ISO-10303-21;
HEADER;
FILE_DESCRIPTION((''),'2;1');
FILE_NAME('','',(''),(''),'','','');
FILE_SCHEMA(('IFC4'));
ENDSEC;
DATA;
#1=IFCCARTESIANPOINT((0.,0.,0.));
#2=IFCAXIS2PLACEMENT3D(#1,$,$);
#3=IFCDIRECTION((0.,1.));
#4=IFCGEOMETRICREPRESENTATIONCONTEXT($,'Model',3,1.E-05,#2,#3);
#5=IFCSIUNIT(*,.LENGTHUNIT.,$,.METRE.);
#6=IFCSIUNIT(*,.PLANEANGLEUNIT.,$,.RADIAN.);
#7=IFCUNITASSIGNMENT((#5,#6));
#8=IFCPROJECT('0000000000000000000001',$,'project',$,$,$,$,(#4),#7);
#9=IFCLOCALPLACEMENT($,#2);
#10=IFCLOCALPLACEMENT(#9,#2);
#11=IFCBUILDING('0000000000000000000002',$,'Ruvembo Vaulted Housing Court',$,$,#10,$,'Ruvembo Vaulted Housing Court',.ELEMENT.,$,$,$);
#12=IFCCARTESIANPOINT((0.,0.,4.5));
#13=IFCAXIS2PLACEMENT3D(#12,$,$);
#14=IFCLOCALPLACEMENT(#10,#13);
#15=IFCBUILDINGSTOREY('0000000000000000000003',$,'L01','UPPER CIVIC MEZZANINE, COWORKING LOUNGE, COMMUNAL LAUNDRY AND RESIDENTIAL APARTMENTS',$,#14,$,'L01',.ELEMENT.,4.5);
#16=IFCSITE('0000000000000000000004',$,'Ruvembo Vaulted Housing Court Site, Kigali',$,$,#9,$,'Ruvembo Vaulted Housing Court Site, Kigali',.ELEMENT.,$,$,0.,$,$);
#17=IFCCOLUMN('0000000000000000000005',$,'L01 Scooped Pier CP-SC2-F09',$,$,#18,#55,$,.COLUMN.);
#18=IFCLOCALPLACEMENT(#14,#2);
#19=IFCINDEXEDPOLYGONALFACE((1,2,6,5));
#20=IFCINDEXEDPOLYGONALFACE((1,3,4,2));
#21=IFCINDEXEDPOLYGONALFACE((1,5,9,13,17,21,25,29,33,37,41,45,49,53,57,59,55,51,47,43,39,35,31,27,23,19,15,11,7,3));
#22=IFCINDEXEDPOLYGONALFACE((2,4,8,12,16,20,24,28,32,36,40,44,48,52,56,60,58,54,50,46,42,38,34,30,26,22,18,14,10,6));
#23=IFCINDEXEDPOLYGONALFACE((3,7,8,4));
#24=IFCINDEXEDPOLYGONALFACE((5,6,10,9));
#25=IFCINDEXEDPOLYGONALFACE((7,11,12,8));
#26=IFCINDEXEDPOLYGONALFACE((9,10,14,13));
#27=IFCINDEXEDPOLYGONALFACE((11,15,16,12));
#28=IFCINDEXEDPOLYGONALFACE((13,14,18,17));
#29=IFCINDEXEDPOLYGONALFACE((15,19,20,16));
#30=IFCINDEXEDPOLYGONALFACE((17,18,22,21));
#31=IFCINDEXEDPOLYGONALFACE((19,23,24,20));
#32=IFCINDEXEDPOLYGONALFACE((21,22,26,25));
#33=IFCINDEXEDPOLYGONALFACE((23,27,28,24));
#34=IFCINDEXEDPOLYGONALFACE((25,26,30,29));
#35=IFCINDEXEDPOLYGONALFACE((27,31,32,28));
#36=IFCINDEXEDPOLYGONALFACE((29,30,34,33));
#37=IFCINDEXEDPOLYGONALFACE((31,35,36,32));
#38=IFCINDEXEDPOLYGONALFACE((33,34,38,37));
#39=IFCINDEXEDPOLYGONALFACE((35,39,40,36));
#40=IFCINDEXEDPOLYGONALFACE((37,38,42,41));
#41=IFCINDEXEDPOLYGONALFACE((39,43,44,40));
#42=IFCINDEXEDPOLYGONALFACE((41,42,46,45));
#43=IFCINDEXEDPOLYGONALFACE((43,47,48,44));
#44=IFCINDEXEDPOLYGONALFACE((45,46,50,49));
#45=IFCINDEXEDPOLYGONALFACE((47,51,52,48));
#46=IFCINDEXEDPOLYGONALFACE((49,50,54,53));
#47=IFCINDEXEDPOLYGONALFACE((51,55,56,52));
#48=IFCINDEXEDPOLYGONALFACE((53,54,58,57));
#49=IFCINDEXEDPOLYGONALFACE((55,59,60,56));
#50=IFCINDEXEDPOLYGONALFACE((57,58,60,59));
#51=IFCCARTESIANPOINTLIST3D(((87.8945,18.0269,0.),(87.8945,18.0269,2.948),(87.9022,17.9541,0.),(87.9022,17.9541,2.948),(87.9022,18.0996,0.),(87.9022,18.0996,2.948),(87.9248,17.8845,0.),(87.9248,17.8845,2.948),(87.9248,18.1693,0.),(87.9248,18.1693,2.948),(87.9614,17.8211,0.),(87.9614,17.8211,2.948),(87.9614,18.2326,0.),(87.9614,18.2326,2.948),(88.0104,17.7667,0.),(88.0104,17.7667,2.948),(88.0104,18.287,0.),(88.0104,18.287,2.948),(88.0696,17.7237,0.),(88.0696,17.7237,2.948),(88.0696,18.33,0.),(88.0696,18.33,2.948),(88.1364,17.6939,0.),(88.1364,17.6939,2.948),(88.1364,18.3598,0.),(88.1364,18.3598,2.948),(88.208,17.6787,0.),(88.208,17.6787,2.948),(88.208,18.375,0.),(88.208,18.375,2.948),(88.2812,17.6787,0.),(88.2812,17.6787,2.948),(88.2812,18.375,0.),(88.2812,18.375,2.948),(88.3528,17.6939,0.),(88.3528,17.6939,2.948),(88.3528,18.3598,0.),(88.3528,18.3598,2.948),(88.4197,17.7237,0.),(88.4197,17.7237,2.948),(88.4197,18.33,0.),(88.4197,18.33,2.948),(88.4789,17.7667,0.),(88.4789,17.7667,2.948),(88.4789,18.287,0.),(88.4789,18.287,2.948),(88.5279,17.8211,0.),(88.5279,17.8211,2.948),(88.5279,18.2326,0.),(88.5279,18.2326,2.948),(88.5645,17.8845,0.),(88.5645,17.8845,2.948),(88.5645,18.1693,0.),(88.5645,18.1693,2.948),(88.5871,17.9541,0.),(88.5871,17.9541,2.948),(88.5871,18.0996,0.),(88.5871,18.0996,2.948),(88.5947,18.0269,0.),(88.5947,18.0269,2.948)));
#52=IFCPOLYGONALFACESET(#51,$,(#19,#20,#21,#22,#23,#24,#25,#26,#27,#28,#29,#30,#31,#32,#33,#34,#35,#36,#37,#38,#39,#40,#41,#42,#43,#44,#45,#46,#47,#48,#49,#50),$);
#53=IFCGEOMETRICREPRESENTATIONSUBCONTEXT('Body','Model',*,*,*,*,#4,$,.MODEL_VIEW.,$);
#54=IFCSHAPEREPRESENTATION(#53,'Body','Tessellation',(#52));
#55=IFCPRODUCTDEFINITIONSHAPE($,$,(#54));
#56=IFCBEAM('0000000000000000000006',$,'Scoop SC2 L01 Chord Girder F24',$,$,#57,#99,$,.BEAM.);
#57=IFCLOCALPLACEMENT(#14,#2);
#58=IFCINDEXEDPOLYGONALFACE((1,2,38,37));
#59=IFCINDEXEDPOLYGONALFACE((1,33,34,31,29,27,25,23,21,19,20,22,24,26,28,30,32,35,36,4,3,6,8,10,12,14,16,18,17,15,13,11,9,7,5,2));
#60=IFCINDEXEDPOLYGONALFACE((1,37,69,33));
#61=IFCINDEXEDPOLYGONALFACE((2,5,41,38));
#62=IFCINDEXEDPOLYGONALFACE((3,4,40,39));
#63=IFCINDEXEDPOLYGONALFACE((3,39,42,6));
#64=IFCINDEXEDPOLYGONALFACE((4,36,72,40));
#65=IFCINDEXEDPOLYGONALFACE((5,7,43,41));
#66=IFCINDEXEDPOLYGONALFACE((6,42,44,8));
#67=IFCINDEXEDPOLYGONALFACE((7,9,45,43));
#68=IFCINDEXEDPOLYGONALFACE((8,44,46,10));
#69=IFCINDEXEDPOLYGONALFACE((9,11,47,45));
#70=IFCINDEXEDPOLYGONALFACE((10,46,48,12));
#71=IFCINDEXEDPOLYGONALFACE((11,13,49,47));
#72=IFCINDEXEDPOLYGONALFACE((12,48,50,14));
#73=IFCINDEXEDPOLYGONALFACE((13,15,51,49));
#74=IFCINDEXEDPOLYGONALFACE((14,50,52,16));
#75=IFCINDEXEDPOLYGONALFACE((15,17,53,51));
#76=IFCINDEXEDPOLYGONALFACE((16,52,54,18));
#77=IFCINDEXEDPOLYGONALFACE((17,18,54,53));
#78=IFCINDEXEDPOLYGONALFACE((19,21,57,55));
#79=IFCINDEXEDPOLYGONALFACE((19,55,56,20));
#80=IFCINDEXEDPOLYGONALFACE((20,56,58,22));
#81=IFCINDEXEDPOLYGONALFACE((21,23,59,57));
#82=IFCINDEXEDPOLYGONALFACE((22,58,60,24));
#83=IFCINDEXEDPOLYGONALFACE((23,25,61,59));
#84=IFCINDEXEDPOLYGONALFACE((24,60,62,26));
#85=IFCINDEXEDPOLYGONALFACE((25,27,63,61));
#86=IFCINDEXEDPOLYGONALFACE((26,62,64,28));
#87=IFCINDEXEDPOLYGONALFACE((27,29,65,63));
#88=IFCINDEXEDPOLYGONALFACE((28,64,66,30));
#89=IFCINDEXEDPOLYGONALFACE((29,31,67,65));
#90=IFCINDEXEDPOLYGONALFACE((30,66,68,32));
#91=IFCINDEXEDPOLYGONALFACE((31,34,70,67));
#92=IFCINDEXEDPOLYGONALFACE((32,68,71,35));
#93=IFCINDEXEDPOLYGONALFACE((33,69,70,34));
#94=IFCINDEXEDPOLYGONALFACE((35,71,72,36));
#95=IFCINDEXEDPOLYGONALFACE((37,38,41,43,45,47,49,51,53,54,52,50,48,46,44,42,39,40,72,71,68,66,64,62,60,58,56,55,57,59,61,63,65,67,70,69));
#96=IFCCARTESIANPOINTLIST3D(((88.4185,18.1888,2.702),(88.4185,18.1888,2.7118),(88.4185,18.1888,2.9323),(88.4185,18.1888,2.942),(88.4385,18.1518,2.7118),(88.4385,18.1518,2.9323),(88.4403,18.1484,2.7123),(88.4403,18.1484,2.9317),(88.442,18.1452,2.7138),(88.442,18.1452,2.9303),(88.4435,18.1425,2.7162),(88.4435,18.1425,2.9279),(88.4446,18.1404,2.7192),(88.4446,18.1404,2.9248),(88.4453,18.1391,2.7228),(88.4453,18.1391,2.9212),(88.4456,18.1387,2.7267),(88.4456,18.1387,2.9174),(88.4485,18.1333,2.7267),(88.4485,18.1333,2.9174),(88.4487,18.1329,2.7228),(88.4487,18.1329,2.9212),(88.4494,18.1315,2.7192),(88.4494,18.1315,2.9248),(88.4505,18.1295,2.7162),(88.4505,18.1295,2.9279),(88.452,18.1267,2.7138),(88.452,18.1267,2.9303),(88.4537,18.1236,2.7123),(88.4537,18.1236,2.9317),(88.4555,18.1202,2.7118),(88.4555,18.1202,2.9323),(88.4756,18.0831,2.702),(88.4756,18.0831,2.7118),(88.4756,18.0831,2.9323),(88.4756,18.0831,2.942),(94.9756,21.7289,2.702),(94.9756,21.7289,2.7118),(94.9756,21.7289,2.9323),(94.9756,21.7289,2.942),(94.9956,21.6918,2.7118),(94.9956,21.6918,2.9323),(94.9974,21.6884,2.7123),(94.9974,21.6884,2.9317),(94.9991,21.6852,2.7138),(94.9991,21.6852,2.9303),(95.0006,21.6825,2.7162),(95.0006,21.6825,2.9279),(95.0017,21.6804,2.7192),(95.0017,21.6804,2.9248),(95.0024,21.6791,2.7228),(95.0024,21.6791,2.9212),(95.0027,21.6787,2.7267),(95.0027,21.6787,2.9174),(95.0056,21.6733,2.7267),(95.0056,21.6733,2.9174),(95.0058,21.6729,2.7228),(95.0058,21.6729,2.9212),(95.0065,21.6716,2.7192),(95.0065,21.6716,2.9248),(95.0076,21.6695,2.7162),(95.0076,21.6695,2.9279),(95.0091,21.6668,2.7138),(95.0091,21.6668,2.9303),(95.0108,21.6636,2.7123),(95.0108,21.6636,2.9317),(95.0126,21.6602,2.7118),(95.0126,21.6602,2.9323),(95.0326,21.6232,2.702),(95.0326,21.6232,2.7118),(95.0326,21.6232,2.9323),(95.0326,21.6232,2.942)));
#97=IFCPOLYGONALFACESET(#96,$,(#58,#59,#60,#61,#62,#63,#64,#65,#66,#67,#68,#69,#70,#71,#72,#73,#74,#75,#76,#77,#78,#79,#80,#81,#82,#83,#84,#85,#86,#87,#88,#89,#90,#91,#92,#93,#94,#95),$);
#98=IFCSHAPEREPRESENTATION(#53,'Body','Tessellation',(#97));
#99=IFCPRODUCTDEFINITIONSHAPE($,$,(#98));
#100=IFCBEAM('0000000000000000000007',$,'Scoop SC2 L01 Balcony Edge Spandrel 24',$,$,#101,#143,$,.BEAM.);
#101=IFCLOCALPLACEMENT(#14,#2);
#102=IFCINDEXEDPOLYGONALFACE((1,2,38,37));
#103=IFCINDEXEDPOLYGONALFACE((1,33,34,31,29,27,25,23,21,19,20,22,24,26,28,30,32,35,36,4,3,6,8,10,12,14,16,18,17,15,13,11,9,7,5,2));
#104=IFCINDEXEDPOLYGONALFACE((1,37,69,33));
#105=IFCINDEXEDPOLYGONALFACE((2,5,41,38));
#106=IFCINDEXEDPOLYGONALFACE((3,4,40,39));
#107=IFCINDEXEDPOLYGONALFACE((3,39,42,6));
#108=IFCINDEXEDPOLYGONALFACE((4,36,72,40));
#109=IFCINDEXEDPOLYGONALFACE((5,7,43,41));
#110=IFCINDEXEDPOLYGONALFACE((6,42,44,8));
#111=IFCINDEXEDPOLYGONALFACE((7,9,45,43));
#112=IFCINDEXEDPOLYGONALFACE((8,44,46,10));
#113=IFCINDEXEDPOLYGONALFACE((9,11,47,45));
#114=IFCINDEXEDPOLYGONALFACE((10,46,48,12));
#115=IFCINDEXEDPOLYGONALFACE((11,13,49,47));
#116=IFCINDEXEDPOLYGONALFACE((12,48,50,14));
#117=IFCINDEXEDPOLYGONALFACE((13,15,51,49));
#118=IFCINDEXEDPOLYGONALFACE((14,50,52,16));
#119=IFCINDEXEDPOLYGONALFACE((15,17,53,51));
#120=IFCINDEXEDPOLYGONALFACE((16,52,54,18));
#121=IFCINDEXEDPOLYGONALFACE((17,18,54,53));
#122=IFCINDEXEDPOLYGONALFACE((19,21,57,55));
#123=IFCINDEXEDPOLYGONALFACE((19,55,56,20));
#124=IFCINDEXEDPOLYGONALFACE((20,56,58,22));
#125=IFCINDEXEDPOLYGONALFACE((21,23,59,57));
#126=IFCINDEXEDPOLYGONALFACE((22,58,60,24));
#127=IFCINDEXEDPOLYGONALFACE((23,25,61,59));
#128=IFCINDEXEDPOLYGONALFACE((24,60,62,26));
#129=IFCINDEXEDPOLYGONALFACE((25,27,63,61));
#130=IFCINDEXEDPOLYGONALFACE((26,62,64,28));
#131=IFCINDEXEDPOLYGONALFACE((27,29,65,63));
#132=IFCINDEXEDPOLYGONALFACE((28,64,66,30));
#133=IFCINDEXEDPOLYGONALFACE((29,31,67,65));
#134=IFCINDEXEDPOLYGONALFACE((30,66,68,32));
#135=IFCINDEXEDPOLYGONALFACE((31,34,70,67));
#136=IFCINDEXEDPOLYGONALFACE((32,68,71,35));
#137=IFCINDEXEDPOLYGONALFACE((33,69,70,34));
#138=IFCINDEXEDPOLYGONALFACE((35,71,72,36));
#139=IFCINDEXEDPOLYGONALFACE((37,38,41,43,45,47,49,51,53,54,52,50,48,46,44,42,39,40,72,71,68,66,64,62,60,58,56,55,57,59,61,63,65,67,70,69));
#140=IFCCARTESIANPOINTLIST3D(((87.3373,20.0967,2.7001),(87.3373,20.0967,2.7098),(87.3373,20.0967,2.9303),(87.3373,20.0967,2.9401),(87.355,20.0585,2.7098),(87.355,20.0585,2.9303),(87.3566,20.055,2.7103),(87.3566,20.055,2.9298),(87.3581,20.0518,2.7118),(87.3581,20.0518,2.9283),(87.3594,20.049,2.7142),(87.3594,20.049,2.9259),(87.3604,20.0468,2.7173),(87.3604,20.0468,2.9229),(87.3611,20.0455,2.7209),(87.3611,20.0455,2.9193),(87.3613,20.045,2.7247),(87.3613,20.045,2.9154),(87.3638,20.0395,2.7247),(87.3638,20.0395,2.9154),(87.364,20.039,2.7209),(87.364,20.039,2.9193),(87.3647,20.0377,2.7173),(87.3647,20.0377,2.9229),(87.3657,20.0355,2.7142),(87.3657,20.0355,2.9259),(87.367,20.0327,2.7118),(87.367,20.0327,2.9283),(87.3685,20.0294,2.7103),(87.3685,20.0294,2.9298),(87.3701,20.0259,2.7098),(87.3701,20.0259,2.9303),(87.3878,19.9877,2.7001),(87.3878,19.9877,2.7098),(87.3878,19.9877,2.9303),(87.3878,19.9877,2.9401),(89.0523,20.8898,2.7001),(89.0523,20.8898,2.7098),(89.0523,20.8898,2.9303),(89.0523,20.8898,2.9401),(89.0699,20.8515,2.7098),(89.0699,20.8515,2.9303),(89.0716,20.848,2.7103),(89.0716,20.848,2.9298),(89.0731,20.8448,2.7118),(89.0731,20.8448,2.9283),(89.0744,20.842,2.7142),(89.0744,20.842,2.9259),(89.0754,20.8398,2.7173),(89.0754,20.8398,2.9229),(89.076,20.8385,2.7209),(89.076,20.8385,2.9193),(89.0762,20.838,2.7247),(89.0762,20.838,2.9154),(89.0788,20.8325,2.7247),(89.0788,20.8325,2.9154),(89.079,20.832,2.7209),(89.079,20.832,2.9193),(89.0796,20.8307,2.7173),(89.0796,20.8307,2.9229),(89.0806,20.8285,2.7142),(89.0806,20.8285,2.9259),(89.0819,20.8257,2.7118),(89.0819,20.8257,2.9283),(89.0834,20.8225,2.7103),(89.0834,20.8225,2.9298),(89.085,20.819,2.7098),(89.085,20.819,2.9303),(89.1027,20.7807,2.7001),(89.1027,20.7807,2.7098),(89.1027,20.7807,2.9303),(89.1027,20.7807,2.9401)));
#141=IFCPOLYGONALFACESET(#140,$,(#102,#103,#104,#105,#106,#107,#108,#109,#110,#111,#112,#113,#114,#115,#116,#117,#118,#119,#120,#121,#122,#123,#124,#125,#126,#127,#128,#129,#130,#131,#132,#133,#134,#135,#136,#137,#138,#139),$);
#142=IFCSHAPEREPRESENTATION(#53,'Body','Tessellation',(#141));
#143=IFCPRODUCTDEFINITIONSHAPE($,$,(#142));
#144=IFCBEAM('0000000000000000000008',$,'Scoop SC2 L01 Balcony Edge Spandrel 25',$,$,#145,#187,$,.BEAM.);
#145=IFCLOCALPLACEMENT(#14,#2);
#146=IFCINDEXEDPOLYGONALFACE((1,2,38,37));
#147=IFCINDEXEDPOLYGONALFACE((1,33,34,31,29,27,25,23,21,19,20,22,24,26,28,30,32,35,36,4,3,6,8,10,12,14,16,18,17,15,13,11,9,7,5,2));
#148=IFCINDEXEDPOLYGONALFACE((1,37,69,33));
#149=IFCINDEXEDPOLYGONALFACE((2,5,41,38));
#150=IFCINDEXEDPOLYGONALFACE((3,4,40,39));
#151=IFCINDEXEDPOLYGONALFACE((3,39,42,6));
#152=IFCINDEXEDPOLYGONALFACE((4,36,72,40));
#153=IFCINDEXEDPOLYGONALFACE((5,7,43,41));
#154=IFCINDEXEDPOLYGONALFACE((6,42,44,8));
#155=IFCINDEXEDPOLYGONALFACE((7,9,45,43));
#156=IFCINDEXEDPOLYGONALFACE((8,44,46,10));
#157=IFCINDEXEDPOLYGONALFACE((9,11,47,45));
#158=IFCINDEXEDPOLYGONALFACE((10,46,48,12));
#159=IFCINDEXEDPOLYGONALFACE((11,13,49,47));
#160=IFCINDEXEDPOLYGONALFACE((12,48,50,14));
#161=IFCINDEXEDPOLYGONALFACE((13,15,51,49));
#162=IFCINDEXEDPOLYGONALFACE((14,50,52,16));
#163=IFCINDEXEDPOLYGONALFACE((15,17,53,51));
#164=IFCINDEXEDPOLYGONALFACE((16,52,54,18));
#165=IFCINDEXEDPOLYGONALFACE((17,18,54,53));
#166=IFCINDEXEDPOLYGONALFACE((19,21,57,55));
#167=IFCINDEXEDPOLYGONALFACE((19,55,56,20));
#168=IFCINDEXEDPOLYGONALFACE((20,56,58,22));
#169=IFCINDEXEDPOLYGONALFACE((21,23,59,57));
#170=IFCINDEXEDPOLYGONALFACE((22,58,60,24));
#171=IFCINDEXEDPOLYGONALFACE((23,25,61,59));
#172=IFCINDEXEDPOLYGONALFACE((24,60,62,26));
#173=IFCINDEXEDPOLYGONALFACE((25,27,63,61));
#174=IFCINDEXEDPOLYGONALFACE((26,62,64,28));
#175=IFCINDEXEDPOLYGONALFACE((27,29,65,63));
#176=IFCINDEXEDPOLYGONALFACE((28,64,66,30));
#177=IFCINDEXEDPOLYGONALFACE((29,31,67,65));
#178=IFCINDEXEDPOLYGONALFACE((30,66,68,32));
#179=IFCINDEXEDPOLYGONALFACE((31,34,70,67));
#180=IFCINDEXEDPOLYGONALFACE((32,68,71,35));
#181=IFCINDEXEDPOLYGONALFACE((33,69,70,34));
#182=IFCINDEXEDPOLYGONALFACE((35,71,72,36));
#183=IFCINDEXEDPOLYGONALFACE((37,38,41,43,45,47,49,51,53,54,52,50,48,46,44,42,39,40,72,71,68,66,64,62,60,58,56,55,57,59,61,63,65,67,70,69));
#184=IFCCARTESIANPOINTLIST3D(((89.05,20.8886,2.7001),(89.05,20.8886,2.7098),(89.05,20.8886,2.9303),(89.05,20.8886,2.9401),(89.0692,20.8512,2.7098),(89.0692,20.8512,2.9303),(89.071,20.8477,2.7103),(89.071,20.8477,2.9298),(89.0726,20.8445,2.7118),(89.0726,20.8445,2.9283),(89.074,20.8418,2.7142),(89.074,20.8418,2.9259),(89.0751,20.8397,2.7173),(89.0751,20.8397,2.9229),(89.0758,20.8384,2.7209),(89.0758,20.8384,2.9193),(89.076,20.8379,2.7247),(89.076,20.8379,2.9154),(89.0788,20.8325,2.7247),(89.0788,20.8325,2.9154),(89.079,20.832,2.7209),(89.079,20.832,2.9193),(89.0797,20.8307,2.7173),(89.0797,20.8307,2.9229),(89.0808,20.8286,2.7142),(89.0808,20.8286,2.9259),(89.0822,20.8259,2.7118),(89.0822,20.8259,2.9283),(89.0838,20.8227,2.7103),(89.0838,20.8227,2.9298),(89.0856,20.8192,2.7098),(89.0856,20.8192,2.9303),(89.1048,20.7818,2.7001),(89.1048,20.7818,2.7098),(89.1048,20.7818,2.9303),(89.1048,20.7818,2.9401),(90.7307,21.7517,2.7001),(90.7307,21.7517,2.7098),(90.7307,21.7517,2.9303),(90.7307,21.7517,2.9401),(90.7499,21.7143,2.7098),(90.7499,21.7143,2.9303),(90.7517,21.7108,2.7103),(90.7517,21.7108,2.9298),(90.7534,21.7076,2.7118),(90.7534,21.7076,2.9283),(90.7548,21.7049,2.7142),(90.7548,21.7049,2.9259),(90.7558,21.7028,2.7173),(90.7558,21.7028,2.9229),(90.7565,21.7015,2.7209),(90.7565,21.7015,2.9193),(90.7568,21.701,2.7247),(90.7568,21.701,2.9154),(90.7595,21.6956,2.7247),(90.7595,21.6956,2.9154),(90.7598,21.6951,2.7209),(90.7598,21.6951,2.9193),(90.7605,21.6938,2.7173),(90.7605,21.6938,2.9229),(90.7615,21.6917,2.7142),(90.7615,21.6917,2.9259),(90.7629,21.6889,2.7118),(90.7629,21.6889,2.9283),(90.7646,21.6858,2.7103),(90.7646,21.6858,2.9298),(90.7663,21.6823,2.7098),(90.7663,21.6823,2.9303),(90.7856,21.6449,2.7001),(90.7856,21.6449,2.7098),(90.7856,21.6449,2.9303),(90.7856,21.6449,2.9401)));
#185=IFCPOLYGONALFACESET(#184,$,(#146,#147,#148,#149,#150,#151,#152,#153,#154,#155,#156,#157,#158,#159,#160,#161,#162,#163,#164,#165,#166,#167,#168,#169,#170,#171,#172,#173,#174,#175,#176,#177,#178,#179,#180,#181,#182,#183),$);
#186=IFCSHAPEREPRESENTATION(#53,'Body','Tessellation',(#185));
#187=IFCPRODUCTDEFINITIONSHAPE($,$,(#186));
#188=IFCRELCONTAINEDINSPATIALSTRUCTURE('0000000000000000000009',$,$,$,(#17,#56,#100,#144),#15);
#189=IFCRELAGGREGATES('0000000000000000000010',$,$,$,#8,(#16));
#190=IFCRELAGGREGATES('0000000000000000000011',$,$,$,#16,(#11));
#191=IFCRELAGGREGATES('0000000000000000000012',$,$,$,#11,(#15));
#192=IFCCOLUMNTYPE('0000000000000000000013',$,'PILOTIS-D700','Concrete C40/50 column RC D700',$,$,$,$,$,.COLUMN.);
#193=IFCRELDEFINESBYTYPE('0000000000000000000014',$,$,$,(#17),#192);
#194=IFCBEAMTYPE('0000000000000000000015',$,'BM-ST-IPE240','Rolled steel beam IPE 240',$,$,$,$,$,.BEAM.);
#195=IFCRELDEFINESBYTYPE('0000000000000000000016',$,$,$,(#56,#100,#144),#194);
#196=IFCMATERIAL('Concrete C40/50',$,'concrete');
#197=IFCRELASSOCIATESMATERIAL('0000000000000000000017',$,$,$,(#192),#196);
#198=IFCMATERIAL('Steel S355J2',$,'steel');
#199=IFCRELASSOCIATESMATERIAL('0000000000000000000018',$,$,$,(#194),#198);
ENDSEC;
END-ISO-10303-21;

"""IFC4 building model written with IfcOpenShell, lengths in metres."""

from ifc_helpers import new_model, si_unit, direction, frame, origin, origin_2d, place, context, subcontext, project, spatial, circle, i_section, extrude, material, material_profile, profile_set, type_object, element, save


model = new_model("IFC4")

# Units and contexts
model_context = context("Model", 3, precision=1e-05, world=origin(), true_north=direction((0.0, 1.0)))
body_context = subcontext(model_context, "Body", "Model", "MODEL_VIEW")
ifc_project = project(units=[si_unit("LENGTHUNIT", "METRE"), si_unit("PLANEANGLEUNIT", "RADIAN")], contexts=[model_context])

# Site, building, storey
site_placement = place(None, origin())
site = spatial("IfcSite", under=ifc_project, at=site_placement, Name="Ruvembo Vaulted Housing Court Site, Kigali", LongName="Ruvembo Vaulted Housing Court Site, Kigali", CompositionType="ELEMENT", RefElevation=0.0)
building_placement = place(site_placement, origin())
building = spatial("IfcBuilding", under=site, at=building_placement, Name="Ruvembo Vaulted Housing Court", LongName="Ruvembo Vaulted Housing Court", CompositionType="ELEMENT")
storey_placement = place(building_placement, frame((0.0, 0.0, 4.5)))
storey = spatial("IfcBuildingStorey", under=building, at=storey_placement, Name="L01", Description="UPPER CIVIC MEZZANINE, COWORKING LOUNGE, COMMUNAL LAUNDRY AND RESIDENTIAL APARTMENTS", LongName="L01", CompositionType="ELEMENT", Elevation=4.5)

# Column
ifc_material_1 = material(Name="Concrete C40/50", Category="concrete")
ifc_material_profile_1 = material_profile(ifc_material_1, circle(Radius=0.3501, at=origin_2d()), Name="RC D700")
ifc_profile_set_1 = profile_set([ifc_material_profile_1], Name="Concrete C40/50")
column_type = type_object("IfcColumnType", Name="PILOTIS-D700", Description="Concrete C40/50 column RC D700", PredefinedType="COLUMN", material=ifc_profile_set_1)
column_placement = place(storey_placement, frame((88.2446, 18.0269, 0.0), z_axis=(0.0, 0.0, 1.0), x_axis=(1.0, 0.0, 0.0)))
element("IfcColumn", 1, at=column_placement, inside=storey, type_object=column_type, Name="L01 Scooped Pier CP-SC2-F09", PredefinedType="COLUMN", context=body_context, shape_type="SweptSolid", body=[
    extrude(circle(Radius=0.3501, at=origin_2d()), origin(), (0.0, 0.0, 1.0), 2.948),
])

# Beams
ifc_material_2 = material(Name="Steel S355J2", Category="steel")
ifc_material_profile_2 = material_profile(ifc_material_2, i_section(OverallWidth=0.1201, OverallDepth=0.24, WebThickness=0.0061, FlangeThickness=0.0098, FilletRadius=0.0149, at=origin_2d()), Name="IPE 240")
ifc_profile_set_2 = profile_set([ifc_material_profile_2], Name="Steel S355J2")
beam_type = type_object("IfcBeamType", Name="BM-ST-IPE240", Description="Rolled steel beam IPE 240", PredefinedType="BEAM", material=ifc_profile_set_2)
beam_1_placement = place(storey_placement, frame((88.447, 18.136, 2.822), z_axis=(0.879951, 0.475065, 0.0), x_axis=(-0.475065, 0.879951, 0.0)))
element("IfcBeam", 2, at=beam_1_placement, inside=storey, type_object=beam_type, Name="Scoop SC2 L01 Chord Girder F24", PredefinedType="BEAM", context=body_context, shape_type="SweptSolid", body=[
    extrude(i_section(OverallWidth=0.1201, OverallDepth=0.24, WebThickness=0.0061, FlangeThickness=0.0098, FilletRadius=0.0149, at=origin_2d()), origin(), (0.0, 0.0, 1.0), 7.4517),
])
for number, where, z_axis, x_axis, name in (
    (3, (87.3625, 20.0422, 2.8201), (0.907657, 0.419714, 0.0), (-0.419714, 0.907657, 0.0), "Scoop SC2 L01 Balcony Edge Spandrel 24"),
    (4, (89.0774, 20.8352, 2.8201), (0.889568, 0.456802, 0.0), (-0.456802, 0.889568, 0.0), "Scoop SC2 L01 Balcony Edge Spandrel 25"),
):
    element("IfcBeam", number, at=place(storey_placement, frame(where, z_axis=z_axis, x_axis=x_axis)), inside=storey, type_object=beam_type, Name=name, PredefinedType="BEAM", context=body_context, shape_type="SweptSolid", body=[
        extrude(i_section(OverallWidth=0.1201, OverallDepth=0.24, WebThickness=0.0061, FlangeThickness=0.0098, FilletRadius=0.0149, at=origin_2d()), origin(), (0.0, 0.0, 1.0), 1.8894),
    ])

save(model, "model.ifc")
